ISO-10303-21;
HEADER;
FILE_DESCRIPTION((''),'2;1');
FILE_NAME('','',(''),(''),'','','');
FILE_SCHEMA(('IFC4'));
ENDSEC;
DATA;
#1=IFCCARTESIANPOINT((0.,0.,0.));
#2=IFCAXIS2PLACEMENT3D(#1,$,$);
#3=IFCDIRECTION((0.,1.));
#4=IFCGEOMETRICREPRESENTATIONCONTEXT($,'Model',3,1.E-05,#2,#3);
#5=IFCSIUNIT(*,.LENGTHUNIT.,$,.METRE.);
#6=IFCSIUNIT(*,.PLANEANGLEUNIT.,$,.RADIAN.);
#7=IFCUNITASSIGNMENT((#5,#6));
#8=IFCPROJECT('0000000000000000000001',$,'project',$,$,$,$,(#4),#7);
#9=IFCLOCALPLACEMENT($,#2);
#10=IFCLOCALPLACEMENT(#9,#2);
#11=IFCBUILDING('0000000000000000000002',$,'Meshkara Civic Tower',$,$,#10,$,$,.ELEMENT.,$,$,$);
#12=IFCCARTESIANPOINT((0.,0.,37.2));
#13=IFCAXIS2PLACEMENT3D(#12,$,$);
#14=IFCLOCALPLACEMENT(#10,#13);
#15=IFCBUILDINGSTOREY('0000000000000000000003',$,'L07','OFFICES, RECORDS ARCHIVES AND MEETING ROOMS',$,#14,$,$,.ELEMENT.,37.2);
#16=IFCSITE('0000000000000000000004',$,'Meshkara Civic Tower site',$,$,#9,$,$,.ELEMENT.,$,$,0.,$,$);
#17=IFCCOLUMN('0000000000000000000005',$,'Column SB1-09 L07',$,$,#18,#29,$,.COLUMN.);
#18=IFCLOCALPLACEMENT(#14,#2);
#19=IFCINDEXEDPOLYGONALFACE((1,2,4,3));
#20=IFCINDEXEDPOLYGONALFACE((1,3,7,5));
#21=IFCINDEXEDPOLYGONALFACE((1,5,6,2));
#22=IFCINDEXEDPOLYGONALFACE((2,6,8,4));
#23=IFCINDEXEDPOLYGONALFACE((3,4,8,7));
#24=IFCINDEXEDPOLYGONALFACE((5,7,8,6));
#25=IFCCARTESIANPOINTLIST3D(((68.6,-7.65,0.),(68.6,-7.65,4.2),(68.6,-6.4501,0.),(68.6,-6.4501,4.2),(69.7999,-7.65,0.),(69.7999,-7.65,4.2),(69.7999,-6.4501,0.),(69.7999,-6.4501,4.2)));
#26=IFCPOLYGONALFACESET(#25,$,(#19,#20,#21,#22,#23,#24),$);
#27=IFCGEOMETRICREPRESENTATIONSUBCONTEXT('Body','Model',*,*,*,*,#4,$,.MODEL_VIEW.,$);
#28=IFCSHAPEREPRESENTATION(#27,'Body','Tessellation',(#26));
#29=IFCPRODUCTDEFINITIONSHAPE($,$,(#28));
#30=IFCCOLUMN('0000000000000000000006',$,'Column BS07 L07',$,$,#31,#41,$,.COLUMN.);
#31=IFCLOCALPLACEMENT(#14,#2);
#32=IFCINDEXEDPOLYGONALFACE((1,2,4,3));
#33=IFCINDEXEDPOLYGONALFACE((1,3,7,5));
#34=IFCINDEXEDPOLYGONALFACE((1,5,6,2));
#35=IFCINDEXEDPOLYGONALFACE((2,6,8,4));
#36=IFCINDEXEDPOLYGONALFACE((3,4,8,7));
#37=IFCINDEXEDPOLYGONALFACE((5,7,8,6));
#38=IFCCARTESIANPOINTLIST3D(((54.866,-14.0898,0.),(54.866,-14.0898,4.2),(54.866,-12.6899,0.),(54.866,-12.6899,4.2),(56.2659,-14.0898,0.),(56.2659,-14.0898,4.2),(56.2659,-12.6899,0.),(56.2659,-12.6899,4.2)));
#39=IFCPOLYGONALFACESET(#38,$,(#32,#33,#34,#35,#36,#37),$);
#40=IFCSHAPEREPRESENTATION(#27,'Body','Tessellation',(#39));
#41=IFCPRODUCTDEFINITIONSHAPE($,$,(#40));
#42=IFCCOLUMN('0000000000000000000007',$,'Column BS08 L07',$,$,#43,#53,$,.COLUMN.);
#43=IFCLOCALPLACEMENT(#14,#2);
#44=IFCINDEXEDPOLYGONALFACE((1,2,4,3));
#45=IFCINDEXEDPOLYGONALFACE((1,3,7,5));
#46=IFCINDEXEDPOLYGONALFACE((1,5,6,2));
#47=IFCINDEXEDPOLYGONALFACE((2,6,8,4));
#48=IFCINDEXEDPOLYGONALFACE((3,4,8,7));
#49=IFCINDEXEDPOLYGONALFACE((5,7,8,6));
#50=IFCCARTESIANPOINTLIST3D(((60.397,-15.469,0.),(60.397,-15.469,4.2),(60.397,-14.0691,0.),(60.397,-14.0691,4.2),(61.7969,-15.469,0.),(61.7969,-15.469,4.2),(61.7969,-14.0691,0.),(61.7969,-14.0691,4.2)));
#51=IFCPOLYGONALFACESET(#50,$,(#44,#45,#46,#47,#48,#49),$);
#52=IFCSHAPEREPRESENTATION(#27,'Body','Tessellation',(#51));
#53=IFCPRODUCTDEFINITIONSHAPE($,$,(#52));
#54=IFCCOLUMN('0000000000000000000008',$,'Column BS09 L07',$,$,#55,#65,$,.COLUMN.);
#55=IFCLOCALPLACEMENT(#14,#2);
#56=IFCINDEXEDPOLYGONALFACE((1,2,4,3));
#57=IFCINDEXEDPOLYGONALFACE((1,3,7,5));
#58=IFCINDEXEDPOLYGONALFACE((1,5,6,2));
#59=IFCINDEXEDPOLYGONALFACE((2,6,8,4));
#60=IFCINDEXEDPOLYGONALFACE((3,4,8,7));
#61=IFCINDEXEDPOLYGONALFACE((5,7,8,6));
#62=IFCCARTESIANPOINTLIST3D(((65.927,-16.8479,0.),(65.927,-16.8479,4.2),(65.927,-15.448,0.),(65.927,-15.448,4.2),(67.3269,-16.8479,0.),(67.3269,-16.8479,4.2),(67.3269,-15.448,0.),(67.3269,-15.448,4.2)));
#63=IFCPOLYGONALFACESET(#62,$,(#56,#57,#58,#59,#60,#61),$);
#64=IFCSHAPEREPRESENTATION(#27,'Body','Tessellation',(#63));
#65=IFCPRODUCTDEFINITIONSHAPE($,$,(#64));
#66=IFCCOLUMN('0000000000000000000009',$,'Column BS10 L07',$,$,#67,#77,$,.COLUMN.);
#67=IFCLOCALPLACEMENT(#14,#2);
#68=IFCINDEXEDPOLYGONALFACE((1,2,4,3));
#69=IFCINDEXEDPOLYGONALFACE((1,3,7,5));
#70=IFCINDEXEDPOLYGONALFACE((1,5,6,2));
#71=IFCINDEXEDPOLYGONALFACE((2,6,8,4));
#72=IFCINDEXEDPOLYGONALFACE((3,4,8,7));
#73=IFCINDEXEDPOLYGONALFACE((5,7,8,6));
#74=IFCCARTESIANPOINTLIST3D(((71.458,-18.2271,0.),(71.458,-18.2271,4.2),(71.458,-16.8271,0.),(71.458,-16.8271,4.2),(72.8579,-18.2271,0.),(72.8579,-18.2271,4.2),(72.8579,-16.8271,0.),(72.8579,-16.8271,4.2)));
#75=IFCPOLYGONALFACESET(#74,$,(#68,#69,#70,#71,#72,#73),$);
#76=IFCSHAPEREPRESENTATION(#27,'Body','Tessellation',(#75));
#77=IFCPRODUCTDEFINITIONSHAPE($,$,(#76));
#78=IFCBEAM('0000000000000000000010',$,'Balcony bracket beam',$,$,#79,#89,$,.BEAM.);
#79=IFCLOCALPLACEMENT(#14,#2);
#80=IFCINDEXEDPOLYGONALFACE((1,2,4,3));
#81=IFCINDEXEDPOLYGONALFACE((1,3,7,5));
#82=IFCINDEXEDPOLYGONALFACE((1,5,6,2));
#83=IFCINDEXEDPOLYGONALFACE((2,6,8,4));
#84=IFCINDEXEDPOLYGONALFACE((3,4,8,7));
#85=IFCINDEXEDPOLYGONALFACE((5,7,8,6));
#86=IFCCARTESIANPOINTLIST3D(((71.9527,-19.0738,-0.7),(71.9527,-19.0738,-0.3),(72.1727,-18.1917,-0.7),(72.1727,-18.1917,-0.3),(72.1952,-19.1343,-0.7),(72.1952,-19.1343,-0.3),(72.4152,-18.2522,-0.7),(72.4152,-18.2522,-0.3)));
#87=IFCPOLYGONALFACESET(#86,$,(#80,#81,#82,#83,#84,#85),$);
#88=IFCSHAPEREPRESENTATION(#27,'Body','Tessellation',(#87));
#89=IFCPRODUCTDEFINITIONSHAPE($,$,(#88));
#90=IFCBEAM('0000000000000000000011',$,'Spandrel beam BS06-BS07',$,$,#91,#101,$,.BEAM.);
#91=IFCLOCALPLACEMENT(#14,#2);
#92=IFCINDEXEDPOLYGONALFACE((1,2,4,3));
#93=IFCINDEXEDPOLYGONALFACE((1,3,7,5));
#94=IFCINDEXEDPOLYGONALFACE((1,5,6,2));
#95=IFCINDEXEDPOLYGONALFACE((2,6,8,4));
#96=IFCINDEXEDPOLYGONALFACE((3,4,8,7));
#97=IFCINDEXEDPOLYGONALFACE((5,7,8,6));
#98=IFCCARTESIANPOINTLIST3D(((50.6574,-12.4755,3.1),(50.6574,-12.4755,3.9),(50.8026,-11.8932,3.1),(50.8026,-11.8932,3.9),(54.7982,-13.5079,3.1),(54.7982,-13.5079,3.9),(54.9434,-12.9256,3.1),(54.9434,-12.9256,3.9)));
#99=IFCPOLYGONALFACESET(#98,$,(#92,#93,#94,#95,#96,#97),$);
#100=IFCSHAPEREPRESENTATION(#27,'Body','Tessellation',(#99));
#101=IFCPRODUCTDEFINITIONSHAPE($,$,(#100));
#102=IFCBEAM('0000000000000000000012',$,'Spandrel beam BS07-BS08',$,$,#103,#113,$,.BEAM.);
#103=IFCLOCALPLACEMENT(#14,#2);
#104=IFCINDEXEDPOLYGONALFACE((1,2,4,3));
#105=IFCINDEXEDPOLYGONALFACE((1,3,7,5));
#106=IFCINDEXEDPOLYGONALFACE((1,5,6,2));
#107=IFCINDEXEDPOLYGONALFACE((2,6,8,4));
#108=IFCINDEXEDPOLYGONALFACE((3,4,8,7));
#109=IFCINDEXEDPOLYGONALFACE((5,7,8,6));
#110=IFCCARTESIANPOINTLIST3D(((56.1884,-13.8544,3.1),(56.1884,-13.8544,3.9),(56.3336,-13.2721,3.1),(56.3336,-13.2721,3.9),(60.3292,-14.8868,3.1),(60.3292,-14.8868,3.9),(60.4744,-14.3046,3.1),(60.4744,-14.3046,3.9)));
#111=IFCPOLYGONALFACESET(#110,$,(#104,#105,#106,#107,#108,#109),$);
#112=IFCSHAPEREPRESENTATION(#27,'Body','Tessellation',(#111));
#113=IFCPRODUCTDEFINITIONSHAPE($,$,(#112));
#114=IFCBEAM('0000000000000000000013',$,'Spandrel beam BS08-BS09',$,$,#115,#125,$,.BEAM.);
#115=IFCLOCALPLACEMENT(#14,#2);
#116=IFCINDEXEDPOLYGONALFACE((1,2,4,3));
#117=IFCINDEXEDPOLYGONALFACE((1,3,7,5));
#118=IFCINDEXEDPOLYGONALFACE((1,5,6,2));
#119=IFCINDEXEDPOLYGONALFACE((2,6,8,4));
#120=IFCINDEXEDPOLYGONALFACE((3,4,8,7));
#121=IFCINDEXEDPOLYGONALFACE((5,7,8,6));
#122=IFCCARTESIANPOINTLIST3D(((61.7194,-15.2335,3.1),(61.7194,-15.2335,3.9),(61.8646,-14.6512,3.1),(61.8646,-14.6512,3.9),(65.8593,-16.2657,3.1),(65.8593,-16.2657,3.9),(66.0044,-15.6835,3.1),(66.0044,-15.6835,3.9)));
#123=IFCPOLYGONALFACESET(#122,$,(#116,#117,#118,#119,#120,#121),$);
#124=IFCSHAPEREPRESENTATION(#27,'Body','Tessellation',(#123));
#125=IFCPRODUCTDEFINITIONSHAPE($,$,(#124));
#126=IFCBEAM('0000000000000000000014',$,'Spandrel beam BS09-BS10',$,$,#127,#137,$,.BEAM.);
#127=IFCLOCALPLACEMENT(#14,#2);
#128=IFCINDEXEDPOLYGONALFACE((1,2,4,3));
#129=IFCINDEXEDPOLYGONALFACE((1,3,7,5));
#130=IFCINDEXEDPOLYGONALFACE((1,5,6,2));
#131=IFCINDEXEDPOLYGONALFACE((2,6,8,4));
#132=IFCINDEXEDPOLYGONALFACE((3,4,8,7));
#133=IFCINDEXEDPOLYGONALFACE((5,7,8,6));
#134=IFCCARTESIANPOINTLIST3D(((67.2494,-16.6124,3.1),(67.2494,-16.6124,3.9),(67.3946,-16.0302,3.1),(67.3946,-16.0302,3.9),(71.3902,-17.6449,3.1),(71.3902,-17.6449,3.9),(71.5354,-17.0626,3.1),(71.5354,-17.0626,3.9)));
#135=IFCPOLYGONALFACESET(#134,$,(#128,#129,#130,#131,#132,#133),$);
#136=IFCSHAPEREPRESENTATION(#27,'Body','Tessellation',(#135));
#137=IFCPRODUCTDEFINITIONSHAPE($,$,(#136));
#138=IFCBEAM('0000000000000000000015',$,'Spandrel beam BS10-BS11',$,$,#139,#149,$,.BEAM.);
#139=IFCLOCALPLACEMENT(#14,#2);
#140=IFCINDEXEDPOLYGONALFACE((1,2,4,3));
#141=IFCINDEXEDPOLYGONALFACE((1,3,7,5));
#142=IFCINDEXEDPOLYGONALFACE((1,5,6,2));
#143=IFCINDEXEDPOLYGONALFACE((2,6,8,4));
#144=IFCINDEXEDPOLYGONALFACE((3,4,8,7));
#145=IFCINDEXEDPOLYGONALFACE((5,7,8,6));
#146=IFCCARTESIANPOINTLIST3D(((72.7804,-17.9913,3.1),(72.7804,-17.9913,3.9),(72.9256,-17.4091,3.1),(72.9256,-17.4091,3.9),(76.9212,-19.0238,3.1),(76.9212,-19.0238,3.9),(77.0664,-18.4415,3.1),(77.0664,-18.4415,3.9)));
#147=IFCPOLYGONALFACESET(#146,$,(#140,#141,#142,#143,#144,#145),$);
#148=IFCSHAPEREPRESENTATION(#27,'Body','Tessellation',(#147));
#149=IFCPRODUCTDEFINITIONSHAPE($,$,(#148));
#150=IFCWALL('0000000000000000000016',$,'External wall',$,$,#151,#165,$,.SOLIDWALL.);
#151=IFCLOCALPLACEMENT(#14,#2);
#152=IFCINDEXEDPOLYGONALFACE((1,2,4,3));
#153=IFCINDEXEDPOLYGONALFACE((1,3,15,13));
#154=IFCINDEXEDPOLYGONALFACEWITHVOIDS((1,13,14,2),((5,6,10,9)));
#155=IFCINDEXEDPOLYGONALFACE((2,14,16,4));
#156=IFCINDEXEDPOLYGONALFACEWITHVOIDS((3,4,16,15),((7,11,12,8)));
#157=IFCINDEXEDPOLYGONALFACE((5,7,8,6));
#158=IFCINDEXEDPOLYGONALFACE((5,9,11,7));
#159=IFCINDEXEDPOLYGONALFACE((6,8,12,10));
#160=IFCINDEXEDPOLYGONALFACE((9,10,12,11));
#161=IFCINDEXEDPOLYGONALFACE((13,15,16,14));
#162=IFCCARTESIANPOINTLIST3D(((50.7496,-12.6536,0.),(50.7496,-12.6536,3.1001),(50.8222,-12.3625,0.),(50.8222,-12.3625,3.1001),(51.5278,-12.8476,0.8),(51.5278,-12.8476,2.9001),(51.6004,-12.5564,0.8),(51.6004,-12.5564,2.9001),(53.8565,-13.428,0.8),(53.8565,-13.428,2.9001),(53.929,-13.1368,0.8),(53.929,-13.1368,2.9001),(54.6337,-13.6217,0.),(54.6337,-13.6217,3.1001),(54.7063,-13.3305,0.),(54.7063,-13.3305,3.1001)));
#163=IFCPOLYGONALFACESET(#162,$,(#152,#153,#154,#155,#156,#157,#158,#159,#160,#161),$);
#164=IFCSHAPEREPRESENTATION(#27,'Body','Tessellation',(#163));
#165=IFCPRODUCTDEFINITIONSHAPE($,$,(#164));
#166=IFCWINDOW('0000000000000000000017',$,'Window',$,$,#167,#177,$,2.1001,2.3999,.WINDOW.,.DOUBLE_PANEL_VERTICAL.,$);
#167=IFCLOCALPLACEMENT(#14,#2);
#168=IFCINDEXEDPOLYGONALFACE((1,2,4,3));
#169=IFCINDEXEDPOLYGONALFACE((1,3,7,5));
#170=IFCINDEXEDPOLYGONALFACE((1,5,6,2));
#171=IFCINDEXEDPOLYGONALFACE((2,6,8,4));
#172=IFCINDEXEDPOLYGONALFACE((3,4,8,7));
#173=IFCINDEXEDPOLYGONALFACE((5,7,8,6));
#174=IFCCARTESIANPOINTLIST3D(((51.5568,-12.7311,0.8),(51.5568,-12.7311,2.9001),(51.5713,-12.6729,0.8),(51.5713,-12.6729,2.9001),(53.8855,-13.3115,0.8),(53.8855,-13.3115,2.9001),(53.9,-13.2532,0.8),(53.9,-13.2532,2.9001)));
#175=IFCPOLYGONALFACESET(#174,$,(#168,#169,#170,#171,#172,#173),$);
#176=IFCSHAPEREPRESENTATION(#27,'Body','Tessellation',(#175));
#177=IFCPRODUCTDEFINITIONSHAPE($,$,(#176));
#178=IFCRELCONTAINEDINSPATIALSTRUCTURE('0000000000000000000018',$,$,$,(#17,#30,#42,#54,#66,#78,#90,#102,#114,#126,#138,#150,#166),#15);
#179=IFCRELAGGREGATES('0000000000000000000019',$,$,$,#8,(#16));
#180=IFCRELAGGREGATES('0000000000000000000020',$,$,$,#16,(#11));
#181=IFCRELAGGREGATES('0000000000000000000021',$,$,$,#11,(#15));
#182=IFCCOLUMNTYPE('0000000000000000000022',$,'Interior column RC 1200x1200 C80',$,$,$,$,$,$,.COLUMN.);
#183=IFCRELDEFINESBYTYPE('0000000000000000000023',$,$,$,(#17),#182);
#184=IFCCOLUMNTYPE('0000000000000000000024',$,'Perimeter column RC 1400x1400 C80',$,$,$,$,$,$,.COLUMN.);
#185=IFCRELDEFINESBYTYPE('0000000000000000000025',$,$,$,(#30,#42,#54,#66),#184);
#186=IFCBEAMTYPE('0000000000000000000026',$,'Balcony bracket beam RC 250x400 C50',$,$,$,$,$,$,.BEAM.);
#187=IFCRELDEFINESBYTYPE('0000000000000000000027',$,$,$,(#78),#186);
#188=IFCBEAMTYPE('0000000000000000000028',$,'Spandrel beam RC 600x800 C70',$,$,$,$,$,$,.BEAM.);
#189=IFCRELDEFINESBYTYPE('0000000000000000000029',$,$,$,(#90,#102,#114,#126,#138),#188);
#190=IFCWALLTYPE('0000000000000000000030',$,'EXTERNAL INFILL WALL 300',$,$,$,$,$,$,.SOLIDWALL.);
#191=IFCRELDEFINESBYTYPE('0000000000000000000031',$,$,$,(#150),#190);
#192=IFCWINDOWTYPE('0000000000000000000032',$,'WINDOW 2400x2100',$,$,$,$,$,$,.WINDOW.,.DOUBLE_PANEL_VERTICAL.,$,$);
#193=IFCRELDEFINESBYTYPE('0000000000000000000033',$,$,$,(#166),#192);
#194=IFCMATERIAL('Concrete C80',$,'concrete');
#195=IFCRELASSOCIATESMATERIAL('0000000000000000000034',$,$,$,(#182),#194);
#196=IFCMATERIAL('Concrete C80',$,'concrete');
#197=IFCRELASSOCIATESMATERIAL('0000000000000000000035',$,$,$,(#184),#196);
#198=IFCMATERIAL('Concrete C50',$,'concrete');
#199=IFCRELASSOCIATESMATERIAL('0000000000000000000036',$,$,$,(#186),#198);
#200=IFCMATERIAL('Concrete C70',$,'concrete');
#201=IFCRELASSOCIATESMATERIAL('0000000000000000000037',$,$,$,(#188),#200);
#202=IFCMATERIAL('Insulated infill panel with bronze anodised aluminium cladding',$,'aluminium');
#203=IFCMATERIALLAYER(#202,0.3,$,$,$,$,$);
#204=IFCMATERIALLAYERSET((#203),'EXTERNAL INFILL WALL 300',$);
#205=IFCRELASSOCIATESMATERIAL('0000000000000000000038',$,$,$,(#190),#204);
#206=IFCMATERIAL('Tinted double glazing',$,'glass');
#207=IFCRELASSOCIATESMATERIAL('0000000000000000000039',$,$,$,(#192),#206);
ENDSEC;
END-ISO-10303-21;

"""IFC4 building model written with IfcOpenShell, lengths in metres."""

from ifc_helpers import new_model, si_unit, direction, frame, frame_2d, origin, origin_2d, place, context, subcontext, project, spatial, rectangle, extrude, material, layer, layer_set, material_profile, profile_set, type_object, element, fill, save


model = new_model("IFC4")

# Units and contexts
model_context = context("Model", 3, precision=1e-05, world=origin(), true_north=direction((0.0, 1.0)))
body_context = subcontext(model_context, "Body", "Model", "MODEL_VIEW")
ifc_project = project(units=[si_unit("LENGTHUNIT", "METRE"), si_unit("PLANEANGLEUNIT", "RADIAN")], contexts=[model_context])

# Site, building, storey
site_placement = place(None, origin())
site = spatial("IfcSite", under=ifc_project, at=site_placement, Name="Meshkara Civic Tower site", CompositionType="ELEMENT", RefElevation=0.0)
building_placement = place(site_placement, origin())
building = spatial("IfcBuilding", under=site, at=building_placement, Name="Meshkara Civic Tower", CompositionType="ELEMENT")
storey_placement = place(building_placement, frame((0.0, 0.0, 37.2)))
storey = spatial("IfcBuildingStorey", under=building, at=storey_placement, Name="L07", Description="OFFICES, RECORDS ARCHIVES AND MEETING ROOMS", CompositionType="ELEMENT", Elevation=37.2)

# Columns
ifc_material_1 = material(Name="Concrete C80", Category="concrete")
ifc_material_profile_1 = material_profile(ifc_material_1, rectangle(XDim=1.2, YDim=1.2, at=origin_2d()))
ifc_profile_set_1 = profile_set([ifc_material_profile_1], Name="Concrete C80")
column_type_1 = type_object("IfcColumnType", Name="Interior column RC 1200x1200 C80", PredefinedType="COLUMN", material=ifc_profile_set_1)
column_placement = place(storey_placement, frame((69.2, -7.05, 0.0), z_axis=(0.0, 0.0, 1.0), x_axis=(1.0, 0.0, 0.0)))
element("IfcColumn", 1, at=column_placement, inside=storey, type_object=column_type_1, Name="Column SB1-09 L07", PredefinedType="COLUMN", context=body_context, shape_type="SweptSolid", body=[
    extrude(rectangle(XDim=1.2, YDim=1.2, at=origin_2d()), origin(), (0.0, 0.0, 1.0), 4.2),
])
ifc_material_2 = material(Name="Concrete C80", Category="concrete")
ifc_material_profile_2 = material_profile(ifc_material_2, rectangle(XDim=1.3999, YDim=1.3999, at=origin_2d()))
ifc_profile_set_2 = profile_set([ifc_material_profile_2], Name="Concrete C80")
column_type_2 = type_object("IfcColumnType", Name="Perimeter column RC 1400x1400 C80", PredefinedType="COLUMN", material=ifc_profile_set_2)
for number, where, z_axis, x_axis, name in (
    (2, (55.5659, -13.3899, 0.0), (0.0, 0.0, 1.0), (1.0, 0.0, 0.0), "Column BS07 L07"),
    (3, (61.0969, -14.769, 0.0), (0.0, 0.0, 1.0), (1.0, 0.0, 0.0), "Column BS08 L07"),
    (4, (66.627, -16.1479, 0.0), (0.0, 0.0, 1.0), (1.0, 0.0, 0.0), "Column BS09 L07"),
    (5, (72.158, -17.5271, 0.0), (0.0, 0.0, 1.0), (1.0, 0.0, 0.0), "Column BS10 L07"),
):
    element("IfcColumn", number, at=place(storey_placement, frame(where, z_axis=z_axis, x_axis=x_axis)), inside=storey, type_object=column_type_2, Name=name, PredefinedType="COLUMN", context=body_context, shape_type="SweptSolid", body=[
        extrude(rectangle(XDim=1.3999, YDim=1.3999, at=origin_2d()), origin(), (0.0, 0.0, 1.0), 4.2),
    ])

# Beams
ifc_material_3 = material(Name="Concrete C50", Category="concrete")
ifc_material_profile_3 = material_profile(ifc_material_3, rectangle(XDim=0.25, YDim=0.3999, at=origin_2d()))
ifc_profile_set_3 = profile_set([ifc_material_profile_3], Name="Concrete C50")
beam_type_1 = type_object("IfcBeamType", Name="Balcony bracket beam RC 250x400 C50", PredefinedType="BEAM", material=ifc_profile_set_3)
beam_1_placement = place(storey_placement, frame((72.2939, -18.2219, -0.5), z_axis=(-0.241967, -0.970285, 0.0), x_axis=(0.970285, -0.241967, 0.0)))
element("IfcBeam", 6, at=beam_1_placement, inside=storey, type_object=beam_type_1, Name="Balcony bracket beam", PredefinedType="BEAM", context=body_context, shape_type="SweptSolid", body=[
    extrude(rectangle(XDim=0.25, YDim=0.3999, at=origin_2d()), origin(), (0.0, 0.0, 1.0), 0.9092),
])
ifc_material_4 = material(Name="Concrete C70", Category="concrete")
ifc_material_profile_4 = material_profile(ifc_material_4, rectangle(XDim=0.6001, YDim=0.8, at=origin_2d()))
ifc_profile_set_4 = profile_set([ifc_material_profile_4], Name="Concrete C70")
beam_type_2 = type_object("IfcBeamType", Name="Spandrel beam RC 600x800 C70", PredefinedType="BEAM", material=ifc_profile_set_4)
for number, where, z_axis, x_axis, name in (
    (7, (50.73, -12.1843, 3.5), (0.970294, -0.24193, 0.0), (0.24193, 0.970294, 0.0), "Spandrel beam BS06-BS07"),
    (8, (56.261, -13.5632, 3.5), (0.970294, -0.24193, 0.0), (0.24193, 0.970294, 0.0), "Spandrel beam BS07-BS08"),
):
    element("IfcBeam", number, at=place(storey_placement, frame(where, z_axis=z_axis, x_axis=x_axis)), inside=storey, type_object=beam_type_2, Name=name, PredefinedType="BEAM", context=body_context, shape_type="SweptSolid", body=[
        extrude(rectangle(XDim=0.6001, YDim=0.8, at=origin_2d()), origin(), (0.0, 0.0, 1.0), 4.2676),
    ])
beam_2_placement = place(storey_placement, frame((61.792, -14.9424, 3.5), z_axis=(0.970294, -0.24193, 0.0), x_axis=(0.24193, 0.970294, 0.0)))
element("IfcBeam", 9, at=beam_2_placement, inside=storey, type_object=beam_type_2, Name="Spandrel beam BS08-BS09", PredefinedType="BEAM", context=body_context, shape_type="SweptSolid", body=[
    extrude(rectangle(XDim=0.6001, YDim=0.8, at=origin_2d()), origin(), (0.0, 0.0, 1.0), 4.2666),
])
for number, where, z_axis, x_axis, name in (
    (10, (67.322, -16.3213, 3.5), (0.970294, -0.24193, 0.0), (0.24193, 0.970294, 0.0), "Spandrel beam BS09-BS10"),
    (11, (72.853, -17.7002, 3.5), (0.970294, -0.24193, 0.0), (0.24193, 0.970294, 0.0), "Spandrel beam BS10-BS11"),
):
    element("IfcBeam", number, at=place(storey_placement, frame(where, z_axis=z_axis, x_axis=x_axis)), inside=storey, type_object=beam_type_2, Name=name, PredefinedType="BEAM", context=body_context, shape_type="SweptSolid", body=[
        extrude(rectangle(XDim=0.6001, YDim=0.8, at=origin_2d()), origin(), (0.0, 0.0, 1.0), 4.2676),
    ])

# Wall, opening, window
ifc_material_5 = material(Name="Insulated infill panel with bronze anodised aluminium cladding", Category="aluminium")
ifc_layer_1 = layer(ifc_material_5, 0.3)
ifc_layer_set_1 = layer_set([ifc_layer_1], Name="EXTERNAL INFILL WALL 300")
wall_type_1 = type_object("IfcWallType", Name="EXTERNAL INFILL WALL 300", PredefinedType="SOLIDWALL", material=ifc_layer_set_1)
wall_1_placement = place(storey_placement, frame((50.7859, -12.5081, 0.0), z_axis=(0.0, 0.0, 1.0), x_axis=(0.970318, -0.241832, 0.0)))
wall_1 = element("IfcWall", 12, at=wall_1_placement, inside=storey, type_object=wall_type_1, Name="External wall", PredefinedType="SOLIDWALL", context=body_context, shape_type="SweptSolid", body=[
    extrude(rectangle(XDim=4.0029, YDim=0.3, at=frame_2d((2.0015, 0.0))), origin(), (0.0, 0.0, 1.0), 3.1001),
])
opening_1_placement = place(wall_1_placement, frame((0.802, 0.0, 0.8)))
opening_1 = element("IfcOpeningElement", 13, at=opening_1_placement, cuts=wall_1, PredefinedType="OPENING", context=body_context, shape_type="SweptSolid", body=[
    extrude(rectangle(XDim=2.3999, YDim=2.1001, at=frame_2d((1.2, 1.05))), frame((0.0, 0.1599, 0.0), z_axis=(0.0, -1.0, 0.0), x_axis=(1.0, 0.0, 0.0)), (0.0, 0.0, 1.0), 0.3201),
])
ifc_material_6 = material(Name="Tinted double glazing", Category="glass")
window_type = type_object("IfcWindowType", Name="WINDOW 2400x2100", PartitioningType="DOUBLE_PANEL_VERTICAL", PredefinedType="WINDOW", material=ifc_material_6)
window_1_placement = place(opening_1_placement, origin())
window_1 = element("IfcWindow", 14, at=window_1_placement, inside=storey, type_object=window_type, Name="Window", OverallHeight=2.1001, OverallWidth=2.3999, PartitioningType="DOUBLE_PANEL_VERTICAL", PredefinedType="WINDOW", context=body_context, shape_type="SweptSolid", body=[
    extrude(rectangle(XDim=2.3999, YDim=2.1001, at=frame_2d((1.2, 1.05))), frame((0.0, 0.03, 0.0), z_axis=(0.0, -1.0, 0.0), x_axis=(1.0, 0.0, 0.0)), (0.0, 0.0, 1.0), 0.0601),
])
fill(opening_1, window_1)

save(model, "model.ifc")
